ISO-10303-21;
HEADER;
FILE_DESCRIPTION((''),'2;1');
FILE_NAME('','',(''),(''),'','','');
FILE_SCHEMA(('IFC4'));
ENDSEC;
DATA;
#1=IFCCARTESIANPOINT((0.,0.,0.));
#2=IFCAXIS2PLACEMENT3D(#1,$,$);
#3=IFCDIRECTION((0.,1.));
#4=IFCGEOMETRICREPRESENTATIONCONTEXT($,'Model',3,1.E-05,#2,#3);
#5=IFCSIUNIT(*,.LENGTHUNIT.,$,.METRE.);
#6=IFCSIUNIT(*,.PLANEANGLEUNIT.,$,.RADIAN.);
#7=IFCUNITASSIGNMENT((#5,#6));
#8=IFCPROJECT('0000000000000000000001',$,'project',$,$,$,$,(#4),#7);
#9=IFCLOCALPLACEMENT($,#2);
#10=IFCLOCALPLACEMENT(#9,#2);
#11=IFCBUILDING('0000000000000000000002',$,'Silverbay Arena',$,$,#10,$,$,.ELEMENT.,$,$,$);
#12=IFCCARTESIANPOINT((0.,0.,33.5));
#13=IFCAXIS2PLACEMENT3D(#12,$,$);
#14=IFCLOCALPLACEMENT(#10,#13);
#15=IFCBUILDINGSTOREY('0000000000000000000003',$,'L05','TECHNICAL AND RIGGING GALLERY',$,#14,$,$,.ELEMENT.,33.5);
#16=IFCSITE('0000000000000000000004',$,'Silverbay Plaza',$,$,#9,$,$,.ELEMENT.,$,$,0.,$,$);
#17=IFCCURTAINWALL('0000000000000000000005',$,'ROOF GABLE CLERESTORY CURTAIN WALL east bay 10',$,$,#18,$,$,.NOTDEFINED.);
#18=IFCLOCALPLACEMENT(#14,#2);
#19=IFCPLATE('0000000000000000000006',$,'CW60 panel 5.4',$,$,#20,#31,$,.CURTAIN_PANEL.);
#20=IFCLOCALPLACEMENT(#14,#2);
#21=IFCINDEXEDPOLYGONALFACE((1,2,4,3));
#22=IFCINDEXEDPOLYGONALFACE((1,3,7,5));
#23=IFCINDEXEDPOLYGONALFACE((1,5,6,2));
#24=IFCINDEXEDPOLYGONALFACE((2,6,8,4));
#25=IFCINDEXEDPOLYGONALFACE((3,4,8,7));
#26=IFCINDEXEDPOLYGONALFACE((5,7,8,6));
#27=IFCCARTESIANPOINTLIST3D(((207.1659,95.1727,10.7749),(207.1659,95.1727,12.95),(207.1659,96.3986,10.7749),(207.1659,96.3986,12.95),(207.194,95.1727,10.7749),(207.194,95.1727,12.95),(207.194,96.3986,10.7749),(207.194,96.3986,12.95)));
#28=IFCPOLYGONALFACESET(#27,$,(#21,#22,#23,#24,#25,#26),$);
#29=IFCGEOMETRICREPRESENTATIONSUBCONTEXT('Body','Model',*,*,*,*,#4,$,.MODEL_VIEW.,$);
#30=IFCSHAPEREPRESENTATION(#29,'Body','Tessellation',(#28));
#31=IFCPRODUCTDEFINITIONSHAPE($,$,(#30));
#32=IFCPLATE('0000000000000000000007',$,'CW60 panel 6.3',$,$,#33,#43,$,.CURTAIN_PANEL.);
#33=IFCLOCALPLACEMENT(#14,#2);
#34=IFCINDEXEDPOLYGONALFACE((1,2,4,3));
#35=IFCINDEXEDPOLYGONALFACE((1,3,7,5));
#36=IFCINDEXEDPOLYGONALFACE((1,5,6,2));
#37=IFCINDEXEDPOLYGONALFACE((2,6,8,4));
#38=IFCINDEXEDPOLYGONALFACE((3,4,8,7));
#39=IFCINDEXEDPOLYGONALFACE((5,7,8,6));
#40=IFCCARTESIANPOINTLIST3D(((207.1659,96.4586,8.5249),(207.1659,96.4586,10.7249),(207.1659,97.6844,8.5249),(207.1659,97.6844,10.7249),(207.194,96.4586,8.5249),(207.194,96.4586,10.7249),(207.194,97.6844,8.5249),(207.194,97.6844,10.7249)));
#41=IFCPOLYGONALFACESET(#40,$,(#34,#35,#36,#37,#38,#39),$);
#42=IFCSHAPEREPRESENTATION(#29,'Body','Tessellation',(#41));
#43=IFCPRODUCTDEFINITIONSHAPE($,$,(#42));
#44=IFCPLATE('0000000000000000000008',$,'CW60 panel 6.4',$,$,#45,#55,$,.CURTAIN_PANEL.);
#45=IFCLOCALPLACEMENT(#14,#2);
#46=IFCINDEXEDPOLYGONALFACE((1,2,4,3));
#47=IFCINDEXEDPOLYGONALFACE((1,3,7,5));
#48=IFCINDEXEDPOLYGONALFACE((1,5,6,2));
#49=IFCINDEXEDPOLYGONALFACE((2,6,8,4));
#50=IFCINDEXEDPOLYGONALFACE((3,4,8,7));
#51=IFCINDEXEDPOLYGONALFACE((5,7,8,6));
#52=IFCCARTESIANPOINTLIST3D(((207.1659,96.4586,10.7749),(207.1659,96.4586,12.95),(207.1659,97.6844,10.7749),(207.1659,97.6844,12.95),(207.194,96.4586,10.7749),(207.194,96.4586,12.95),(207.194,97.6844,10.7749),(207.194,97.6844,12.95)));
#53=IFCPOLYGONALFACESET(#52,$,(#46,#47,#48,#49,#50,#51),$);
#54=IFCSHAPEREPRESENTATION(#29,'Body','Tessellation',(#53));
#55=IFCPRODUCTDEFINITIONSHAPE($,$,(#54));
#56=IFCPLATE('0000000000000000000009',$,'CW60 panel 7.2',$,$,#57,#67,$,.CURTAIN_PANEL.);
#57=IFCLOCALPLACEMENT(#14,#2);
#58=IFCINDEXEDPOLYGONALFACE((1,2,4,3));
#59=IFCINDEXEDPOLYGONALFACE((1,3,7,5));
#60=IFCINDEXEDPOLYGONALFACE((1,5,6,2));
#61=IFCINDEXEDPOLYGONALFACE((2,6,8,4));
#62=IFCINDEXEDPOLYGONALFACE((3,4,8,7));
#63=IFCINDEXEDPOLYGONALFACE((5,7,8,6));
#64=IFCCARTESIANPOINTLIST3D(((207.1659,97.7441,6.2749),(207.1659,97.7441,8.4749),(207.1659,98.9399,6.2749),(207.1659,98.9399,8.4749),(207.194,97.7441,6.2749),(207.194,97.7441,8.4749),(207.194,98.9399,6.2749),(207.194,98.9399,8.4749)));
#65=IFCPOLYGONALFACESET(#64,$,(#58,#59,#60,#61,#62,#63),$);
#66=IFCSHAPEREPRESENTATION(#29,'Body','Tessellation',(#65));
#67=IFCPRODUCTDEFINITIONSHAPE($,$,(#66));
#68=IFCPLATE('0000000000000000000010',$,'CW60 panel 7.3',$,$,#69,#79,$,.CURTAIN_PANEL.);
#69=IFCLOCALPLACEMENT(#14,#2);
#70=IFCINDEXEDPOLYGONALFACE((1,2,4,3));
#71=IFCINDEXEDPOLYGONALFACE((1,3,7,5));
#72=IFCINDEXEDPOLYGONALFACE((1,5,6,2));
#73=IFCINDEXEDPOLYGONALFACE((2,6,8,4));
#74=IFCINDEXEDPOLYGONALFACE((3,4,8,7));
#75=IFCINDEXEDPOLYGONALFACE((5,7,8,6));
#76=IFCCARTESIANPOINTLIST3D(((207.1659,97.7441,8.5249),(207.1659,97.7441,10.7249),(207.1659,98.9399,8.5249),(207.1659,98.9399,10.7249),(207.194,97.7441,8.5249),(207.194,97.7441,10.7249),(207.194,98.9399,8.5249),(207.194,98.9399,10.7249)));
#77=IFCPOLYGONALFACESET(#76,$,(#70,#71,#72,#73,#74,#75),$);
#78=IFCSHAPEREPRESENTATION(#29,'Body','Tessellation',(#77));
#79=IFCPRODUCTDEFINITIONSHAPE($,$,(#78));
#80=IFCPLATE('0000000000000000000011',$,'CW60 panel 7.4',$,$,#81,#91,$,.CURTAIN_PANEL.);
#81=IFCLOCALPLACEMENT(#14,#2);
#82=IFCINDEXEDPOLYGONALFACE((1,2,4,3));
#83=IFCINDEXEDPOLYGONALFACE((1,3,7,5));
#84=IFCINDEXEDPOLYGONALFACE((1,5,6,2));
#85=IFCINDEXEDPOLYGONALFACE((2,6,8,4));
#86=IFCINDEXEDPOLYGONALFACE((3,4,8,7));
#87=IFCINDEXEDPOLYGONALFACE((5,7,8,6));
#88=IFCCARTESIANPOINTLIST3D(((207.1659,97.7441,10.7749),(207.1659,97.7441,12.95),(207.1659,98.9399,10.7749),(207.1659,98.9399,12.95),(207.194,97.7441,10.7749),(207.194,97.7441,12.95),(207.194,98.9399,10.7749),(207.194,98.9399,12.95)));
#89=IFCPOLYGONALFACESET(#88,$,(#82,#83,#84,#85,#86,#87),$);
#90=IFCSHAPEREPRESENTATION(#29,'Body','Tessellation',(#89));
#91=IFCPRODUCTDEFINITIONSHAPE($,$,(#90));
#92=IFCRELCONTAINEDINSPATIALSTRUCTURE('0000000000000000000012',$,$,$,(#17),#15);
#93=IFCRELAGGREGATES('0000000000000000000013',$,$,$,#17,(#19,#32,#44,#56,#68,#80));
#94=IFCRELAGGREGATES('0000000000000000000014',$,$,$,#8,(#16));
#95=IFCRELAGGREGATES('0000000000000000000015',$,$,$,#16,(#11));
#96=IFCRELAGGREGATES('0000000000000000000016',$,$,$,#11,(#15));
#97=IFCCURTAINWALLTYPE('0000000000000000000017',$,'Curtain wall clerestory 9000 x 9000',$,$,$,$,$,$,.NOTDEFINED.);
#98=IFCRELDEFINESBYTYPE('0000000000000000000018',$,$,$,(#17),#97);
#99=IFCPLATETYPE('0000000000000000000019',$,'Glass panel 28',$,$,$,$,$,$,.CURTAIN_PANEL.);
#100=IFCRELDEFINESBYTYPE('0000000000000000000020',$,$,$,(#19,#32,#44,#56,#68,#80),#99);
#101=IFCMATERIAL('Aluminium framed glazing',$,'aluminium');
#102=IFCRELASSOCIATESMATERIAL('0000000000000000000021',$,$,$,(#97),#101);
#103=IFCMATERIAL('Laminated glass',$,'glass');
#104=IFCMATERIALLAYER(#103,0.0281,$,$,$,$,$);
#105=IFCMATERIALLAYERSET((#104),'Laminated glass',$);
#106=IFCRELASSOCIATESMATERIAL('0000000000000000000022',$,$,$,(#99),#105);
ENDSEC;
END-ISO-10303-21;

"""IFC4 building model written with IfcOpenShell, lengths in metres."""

from ifc_helpers import new_model, si_unit, direction, frame, origin, origin_2d, place, context, subcontext, project, spatial, rectangle, extrude, material, layer, layer_set, type_object, element, aggregate, save


model = new_model("IFC4")

# Units and contexts
model_context = context("Model", 3, precision=1e-05, world=origin(), true_north=direction((0.0, 1.0)))
body_context = subcontext(model_context, "Body", "Model", "MODEL_VIEW")
ifc_project = project(units=[si_unit("LENGTHUNIT", "METRE"), si_unit("PLANEANGLEUNIT", "RADIAN")], contexts=[model_context])

# Site, building, storey
site_placement = place(None, origin())
site = spatial("IfcSite", under=ifc_project, at=site_placement, Name="Silverbay Plaza", CompositionType="ELEMENT", RefElevation=0.0)
building_placement = place(site_placement, origin())
building = spatial("IfcBuilding", under=site, at=building_placement, Name="Silverbay Arena", CompositionType="ELEMENT")
storey_placement = place(building_placement, frame((0.0, 0.0, 33.5)))
storey = spatial("IfcBuildingStorey", under=building, at=storey_placement, Name="L05", Description="TECHNICAL AND RIGGING GALLERY", CompositionType="ELEMENT", Elevation=33.5)

# Curtain wall, plates
ifc_material_1 = material(Name="Aluminium framed glazing", Category="aluminium")
curtain_wall_type = type_object("IfcCurtainWallType", Name="Curtain wall clerestory 9000 x 9000", PredefinedType="NOTDEFINED", material=ifc_material_1)
curtain_wall_placement = place(storey_placement, origin())
curtain_wall = element("IfcCurtainWall", 1, at=curtain_wall_placement, inside=storey, type_object=curtain_wall_type, Name="ROOF GABLE CLERESTORY CURTAIN WALL east bay 10", PredefinedType="NOTDEFINED")
ifc_material_2 = material(Name="Laminated glass", Category="glass")
ifc_layer = layer(ifc_material_2, 0.0281)
ifc_layer_set = layer_set([ifc_layer], Name="Laminated glass")
plate_type = type_object("IfcPlateType", Name="Glass panel 28", PredefinedType="CURTAIN_PANEL", material=ifc_layer_set)
plate_1_placement = place(storey_placement, frame((207.1799, 95.7856, 10.7749), z_axis=(0.0, 0.0, 1.0), x_axis=(0.0, 1.0, 0.0)))
plate_1 = element("IfcPlate", 2, at=plate_1_placement, type_object=plate_type, Name="CW60 panel 5.4", PredefinedType="CURTAIN_PANEL", context=body_context, shape_type="SweptSolid", body=[
    extrude(rectangle(XDim=1.2258, YDim=0.0281, at=origin_2d()), origin(), (0.0, 0.0, 1.0), 2.175),
])
plate_2_placement = place(storey_placement, frame((207.1799, 97.0715, 8.5249), z_axis=(0.0, 0.0, 1.0), x_axis=(0.0, 1.0, 0.0)))
plate_2 = element("IfcPlate", 3, at=plate_2_placement, type_object=plate_type, Name="CW60 panel 6.3", PredefinedType="CURTAIN_PANEL", context=body_context, shape_type="SweptSolid", body=[
    extrude(rectangle(XDim=1.2258, YDim=0.0281, at=origin_2d()), origin(), (0.0, 0.0, 1.0), 2.2),
])
plate_3_placement = place(storey_placement, frame((207.1799, 97.0715, 10.7749), z_axis=(0.0, 0.0, 1.0), x_axis=(0.0, 1.0, 0.0)))
plate_3 = element("IfcPlate", 4, at=plate_3_placement, type_object=plate_type, Name="CW60 panel 6.4", PredefinedType="CURTAIN_PANEL", context=body_context, shape_type="SweptSolid", body=[
    extrude(rectangle(XDim=1.2258, YDim=0.0281, at=origin_2d()), origin(), (0.0, 0.0, 1.0), 2.175),
])
plate_4_placement = place(storey_placement, frame((207.1799, 98.342, 6.2749), z_axis=(0.0, 0.0, 1.0), x_axis=(0.0, 1.0, 0.0)))
plate_4 = element("IfcPlate", 5, at=plate_4_placement, type_object=plate_type, Name="CW60 panel 7.2", PredefinedType="CURTAIN_PANEL", context=body_context, shape_type="SweptSolid", body=[
    extrude(rectangle(XDim=1.1958, YDim=0.0281, at=origin_2d()), origin(), (0.0, 0.0, 1.0), 2.2),
])
plate_5_placement = place(storey_placement, frame((207.1799, 98.342, 8.5249), z_axis=(0.0, 0.0, 1.0), x_axis=(0.0, 1.0, 0.0)))
plate_5 = element("IfcPlate", 6, at=plate_5_placement, type_object=plate_type, Name="CW60 panel 7.3", PredefinedType="CURTAIN_PANEL", context=body_context, shape_type="SweptSolid", body=[
    extrude(rectangle(XDim=1.1958, YDim=0.0281, at=origin_2d()), origin(), (0.0, 0.0, 1.0), 2.2),
])
plate_6_placement = place(storey_placement, frame((207.1799, 98.342, 10.7749), z_axis=(0.0, 0.0, 1.0), x_axis=(0.0, 1.0, 0.0)))
plate_6 = element("IfcPlate", 7, at=plate_6_placement, type_object=plate_type, Name="CW60 panel 7.4", PredefinedType="CURTAIN_PANEL", context=body_context, shape_type="SweptSolid", body=[
    extrude(rectangle(XDim=1.1958, YDim=0.0281, at=origin_2d()), origin(), (0.0, 0.0, 1.0), 2.175),
])
aggregate(curtain_wall, [plate_1, plate_2, plate_3, plate_4, plate_5, plate_6])

save(model, "model.ifc")
